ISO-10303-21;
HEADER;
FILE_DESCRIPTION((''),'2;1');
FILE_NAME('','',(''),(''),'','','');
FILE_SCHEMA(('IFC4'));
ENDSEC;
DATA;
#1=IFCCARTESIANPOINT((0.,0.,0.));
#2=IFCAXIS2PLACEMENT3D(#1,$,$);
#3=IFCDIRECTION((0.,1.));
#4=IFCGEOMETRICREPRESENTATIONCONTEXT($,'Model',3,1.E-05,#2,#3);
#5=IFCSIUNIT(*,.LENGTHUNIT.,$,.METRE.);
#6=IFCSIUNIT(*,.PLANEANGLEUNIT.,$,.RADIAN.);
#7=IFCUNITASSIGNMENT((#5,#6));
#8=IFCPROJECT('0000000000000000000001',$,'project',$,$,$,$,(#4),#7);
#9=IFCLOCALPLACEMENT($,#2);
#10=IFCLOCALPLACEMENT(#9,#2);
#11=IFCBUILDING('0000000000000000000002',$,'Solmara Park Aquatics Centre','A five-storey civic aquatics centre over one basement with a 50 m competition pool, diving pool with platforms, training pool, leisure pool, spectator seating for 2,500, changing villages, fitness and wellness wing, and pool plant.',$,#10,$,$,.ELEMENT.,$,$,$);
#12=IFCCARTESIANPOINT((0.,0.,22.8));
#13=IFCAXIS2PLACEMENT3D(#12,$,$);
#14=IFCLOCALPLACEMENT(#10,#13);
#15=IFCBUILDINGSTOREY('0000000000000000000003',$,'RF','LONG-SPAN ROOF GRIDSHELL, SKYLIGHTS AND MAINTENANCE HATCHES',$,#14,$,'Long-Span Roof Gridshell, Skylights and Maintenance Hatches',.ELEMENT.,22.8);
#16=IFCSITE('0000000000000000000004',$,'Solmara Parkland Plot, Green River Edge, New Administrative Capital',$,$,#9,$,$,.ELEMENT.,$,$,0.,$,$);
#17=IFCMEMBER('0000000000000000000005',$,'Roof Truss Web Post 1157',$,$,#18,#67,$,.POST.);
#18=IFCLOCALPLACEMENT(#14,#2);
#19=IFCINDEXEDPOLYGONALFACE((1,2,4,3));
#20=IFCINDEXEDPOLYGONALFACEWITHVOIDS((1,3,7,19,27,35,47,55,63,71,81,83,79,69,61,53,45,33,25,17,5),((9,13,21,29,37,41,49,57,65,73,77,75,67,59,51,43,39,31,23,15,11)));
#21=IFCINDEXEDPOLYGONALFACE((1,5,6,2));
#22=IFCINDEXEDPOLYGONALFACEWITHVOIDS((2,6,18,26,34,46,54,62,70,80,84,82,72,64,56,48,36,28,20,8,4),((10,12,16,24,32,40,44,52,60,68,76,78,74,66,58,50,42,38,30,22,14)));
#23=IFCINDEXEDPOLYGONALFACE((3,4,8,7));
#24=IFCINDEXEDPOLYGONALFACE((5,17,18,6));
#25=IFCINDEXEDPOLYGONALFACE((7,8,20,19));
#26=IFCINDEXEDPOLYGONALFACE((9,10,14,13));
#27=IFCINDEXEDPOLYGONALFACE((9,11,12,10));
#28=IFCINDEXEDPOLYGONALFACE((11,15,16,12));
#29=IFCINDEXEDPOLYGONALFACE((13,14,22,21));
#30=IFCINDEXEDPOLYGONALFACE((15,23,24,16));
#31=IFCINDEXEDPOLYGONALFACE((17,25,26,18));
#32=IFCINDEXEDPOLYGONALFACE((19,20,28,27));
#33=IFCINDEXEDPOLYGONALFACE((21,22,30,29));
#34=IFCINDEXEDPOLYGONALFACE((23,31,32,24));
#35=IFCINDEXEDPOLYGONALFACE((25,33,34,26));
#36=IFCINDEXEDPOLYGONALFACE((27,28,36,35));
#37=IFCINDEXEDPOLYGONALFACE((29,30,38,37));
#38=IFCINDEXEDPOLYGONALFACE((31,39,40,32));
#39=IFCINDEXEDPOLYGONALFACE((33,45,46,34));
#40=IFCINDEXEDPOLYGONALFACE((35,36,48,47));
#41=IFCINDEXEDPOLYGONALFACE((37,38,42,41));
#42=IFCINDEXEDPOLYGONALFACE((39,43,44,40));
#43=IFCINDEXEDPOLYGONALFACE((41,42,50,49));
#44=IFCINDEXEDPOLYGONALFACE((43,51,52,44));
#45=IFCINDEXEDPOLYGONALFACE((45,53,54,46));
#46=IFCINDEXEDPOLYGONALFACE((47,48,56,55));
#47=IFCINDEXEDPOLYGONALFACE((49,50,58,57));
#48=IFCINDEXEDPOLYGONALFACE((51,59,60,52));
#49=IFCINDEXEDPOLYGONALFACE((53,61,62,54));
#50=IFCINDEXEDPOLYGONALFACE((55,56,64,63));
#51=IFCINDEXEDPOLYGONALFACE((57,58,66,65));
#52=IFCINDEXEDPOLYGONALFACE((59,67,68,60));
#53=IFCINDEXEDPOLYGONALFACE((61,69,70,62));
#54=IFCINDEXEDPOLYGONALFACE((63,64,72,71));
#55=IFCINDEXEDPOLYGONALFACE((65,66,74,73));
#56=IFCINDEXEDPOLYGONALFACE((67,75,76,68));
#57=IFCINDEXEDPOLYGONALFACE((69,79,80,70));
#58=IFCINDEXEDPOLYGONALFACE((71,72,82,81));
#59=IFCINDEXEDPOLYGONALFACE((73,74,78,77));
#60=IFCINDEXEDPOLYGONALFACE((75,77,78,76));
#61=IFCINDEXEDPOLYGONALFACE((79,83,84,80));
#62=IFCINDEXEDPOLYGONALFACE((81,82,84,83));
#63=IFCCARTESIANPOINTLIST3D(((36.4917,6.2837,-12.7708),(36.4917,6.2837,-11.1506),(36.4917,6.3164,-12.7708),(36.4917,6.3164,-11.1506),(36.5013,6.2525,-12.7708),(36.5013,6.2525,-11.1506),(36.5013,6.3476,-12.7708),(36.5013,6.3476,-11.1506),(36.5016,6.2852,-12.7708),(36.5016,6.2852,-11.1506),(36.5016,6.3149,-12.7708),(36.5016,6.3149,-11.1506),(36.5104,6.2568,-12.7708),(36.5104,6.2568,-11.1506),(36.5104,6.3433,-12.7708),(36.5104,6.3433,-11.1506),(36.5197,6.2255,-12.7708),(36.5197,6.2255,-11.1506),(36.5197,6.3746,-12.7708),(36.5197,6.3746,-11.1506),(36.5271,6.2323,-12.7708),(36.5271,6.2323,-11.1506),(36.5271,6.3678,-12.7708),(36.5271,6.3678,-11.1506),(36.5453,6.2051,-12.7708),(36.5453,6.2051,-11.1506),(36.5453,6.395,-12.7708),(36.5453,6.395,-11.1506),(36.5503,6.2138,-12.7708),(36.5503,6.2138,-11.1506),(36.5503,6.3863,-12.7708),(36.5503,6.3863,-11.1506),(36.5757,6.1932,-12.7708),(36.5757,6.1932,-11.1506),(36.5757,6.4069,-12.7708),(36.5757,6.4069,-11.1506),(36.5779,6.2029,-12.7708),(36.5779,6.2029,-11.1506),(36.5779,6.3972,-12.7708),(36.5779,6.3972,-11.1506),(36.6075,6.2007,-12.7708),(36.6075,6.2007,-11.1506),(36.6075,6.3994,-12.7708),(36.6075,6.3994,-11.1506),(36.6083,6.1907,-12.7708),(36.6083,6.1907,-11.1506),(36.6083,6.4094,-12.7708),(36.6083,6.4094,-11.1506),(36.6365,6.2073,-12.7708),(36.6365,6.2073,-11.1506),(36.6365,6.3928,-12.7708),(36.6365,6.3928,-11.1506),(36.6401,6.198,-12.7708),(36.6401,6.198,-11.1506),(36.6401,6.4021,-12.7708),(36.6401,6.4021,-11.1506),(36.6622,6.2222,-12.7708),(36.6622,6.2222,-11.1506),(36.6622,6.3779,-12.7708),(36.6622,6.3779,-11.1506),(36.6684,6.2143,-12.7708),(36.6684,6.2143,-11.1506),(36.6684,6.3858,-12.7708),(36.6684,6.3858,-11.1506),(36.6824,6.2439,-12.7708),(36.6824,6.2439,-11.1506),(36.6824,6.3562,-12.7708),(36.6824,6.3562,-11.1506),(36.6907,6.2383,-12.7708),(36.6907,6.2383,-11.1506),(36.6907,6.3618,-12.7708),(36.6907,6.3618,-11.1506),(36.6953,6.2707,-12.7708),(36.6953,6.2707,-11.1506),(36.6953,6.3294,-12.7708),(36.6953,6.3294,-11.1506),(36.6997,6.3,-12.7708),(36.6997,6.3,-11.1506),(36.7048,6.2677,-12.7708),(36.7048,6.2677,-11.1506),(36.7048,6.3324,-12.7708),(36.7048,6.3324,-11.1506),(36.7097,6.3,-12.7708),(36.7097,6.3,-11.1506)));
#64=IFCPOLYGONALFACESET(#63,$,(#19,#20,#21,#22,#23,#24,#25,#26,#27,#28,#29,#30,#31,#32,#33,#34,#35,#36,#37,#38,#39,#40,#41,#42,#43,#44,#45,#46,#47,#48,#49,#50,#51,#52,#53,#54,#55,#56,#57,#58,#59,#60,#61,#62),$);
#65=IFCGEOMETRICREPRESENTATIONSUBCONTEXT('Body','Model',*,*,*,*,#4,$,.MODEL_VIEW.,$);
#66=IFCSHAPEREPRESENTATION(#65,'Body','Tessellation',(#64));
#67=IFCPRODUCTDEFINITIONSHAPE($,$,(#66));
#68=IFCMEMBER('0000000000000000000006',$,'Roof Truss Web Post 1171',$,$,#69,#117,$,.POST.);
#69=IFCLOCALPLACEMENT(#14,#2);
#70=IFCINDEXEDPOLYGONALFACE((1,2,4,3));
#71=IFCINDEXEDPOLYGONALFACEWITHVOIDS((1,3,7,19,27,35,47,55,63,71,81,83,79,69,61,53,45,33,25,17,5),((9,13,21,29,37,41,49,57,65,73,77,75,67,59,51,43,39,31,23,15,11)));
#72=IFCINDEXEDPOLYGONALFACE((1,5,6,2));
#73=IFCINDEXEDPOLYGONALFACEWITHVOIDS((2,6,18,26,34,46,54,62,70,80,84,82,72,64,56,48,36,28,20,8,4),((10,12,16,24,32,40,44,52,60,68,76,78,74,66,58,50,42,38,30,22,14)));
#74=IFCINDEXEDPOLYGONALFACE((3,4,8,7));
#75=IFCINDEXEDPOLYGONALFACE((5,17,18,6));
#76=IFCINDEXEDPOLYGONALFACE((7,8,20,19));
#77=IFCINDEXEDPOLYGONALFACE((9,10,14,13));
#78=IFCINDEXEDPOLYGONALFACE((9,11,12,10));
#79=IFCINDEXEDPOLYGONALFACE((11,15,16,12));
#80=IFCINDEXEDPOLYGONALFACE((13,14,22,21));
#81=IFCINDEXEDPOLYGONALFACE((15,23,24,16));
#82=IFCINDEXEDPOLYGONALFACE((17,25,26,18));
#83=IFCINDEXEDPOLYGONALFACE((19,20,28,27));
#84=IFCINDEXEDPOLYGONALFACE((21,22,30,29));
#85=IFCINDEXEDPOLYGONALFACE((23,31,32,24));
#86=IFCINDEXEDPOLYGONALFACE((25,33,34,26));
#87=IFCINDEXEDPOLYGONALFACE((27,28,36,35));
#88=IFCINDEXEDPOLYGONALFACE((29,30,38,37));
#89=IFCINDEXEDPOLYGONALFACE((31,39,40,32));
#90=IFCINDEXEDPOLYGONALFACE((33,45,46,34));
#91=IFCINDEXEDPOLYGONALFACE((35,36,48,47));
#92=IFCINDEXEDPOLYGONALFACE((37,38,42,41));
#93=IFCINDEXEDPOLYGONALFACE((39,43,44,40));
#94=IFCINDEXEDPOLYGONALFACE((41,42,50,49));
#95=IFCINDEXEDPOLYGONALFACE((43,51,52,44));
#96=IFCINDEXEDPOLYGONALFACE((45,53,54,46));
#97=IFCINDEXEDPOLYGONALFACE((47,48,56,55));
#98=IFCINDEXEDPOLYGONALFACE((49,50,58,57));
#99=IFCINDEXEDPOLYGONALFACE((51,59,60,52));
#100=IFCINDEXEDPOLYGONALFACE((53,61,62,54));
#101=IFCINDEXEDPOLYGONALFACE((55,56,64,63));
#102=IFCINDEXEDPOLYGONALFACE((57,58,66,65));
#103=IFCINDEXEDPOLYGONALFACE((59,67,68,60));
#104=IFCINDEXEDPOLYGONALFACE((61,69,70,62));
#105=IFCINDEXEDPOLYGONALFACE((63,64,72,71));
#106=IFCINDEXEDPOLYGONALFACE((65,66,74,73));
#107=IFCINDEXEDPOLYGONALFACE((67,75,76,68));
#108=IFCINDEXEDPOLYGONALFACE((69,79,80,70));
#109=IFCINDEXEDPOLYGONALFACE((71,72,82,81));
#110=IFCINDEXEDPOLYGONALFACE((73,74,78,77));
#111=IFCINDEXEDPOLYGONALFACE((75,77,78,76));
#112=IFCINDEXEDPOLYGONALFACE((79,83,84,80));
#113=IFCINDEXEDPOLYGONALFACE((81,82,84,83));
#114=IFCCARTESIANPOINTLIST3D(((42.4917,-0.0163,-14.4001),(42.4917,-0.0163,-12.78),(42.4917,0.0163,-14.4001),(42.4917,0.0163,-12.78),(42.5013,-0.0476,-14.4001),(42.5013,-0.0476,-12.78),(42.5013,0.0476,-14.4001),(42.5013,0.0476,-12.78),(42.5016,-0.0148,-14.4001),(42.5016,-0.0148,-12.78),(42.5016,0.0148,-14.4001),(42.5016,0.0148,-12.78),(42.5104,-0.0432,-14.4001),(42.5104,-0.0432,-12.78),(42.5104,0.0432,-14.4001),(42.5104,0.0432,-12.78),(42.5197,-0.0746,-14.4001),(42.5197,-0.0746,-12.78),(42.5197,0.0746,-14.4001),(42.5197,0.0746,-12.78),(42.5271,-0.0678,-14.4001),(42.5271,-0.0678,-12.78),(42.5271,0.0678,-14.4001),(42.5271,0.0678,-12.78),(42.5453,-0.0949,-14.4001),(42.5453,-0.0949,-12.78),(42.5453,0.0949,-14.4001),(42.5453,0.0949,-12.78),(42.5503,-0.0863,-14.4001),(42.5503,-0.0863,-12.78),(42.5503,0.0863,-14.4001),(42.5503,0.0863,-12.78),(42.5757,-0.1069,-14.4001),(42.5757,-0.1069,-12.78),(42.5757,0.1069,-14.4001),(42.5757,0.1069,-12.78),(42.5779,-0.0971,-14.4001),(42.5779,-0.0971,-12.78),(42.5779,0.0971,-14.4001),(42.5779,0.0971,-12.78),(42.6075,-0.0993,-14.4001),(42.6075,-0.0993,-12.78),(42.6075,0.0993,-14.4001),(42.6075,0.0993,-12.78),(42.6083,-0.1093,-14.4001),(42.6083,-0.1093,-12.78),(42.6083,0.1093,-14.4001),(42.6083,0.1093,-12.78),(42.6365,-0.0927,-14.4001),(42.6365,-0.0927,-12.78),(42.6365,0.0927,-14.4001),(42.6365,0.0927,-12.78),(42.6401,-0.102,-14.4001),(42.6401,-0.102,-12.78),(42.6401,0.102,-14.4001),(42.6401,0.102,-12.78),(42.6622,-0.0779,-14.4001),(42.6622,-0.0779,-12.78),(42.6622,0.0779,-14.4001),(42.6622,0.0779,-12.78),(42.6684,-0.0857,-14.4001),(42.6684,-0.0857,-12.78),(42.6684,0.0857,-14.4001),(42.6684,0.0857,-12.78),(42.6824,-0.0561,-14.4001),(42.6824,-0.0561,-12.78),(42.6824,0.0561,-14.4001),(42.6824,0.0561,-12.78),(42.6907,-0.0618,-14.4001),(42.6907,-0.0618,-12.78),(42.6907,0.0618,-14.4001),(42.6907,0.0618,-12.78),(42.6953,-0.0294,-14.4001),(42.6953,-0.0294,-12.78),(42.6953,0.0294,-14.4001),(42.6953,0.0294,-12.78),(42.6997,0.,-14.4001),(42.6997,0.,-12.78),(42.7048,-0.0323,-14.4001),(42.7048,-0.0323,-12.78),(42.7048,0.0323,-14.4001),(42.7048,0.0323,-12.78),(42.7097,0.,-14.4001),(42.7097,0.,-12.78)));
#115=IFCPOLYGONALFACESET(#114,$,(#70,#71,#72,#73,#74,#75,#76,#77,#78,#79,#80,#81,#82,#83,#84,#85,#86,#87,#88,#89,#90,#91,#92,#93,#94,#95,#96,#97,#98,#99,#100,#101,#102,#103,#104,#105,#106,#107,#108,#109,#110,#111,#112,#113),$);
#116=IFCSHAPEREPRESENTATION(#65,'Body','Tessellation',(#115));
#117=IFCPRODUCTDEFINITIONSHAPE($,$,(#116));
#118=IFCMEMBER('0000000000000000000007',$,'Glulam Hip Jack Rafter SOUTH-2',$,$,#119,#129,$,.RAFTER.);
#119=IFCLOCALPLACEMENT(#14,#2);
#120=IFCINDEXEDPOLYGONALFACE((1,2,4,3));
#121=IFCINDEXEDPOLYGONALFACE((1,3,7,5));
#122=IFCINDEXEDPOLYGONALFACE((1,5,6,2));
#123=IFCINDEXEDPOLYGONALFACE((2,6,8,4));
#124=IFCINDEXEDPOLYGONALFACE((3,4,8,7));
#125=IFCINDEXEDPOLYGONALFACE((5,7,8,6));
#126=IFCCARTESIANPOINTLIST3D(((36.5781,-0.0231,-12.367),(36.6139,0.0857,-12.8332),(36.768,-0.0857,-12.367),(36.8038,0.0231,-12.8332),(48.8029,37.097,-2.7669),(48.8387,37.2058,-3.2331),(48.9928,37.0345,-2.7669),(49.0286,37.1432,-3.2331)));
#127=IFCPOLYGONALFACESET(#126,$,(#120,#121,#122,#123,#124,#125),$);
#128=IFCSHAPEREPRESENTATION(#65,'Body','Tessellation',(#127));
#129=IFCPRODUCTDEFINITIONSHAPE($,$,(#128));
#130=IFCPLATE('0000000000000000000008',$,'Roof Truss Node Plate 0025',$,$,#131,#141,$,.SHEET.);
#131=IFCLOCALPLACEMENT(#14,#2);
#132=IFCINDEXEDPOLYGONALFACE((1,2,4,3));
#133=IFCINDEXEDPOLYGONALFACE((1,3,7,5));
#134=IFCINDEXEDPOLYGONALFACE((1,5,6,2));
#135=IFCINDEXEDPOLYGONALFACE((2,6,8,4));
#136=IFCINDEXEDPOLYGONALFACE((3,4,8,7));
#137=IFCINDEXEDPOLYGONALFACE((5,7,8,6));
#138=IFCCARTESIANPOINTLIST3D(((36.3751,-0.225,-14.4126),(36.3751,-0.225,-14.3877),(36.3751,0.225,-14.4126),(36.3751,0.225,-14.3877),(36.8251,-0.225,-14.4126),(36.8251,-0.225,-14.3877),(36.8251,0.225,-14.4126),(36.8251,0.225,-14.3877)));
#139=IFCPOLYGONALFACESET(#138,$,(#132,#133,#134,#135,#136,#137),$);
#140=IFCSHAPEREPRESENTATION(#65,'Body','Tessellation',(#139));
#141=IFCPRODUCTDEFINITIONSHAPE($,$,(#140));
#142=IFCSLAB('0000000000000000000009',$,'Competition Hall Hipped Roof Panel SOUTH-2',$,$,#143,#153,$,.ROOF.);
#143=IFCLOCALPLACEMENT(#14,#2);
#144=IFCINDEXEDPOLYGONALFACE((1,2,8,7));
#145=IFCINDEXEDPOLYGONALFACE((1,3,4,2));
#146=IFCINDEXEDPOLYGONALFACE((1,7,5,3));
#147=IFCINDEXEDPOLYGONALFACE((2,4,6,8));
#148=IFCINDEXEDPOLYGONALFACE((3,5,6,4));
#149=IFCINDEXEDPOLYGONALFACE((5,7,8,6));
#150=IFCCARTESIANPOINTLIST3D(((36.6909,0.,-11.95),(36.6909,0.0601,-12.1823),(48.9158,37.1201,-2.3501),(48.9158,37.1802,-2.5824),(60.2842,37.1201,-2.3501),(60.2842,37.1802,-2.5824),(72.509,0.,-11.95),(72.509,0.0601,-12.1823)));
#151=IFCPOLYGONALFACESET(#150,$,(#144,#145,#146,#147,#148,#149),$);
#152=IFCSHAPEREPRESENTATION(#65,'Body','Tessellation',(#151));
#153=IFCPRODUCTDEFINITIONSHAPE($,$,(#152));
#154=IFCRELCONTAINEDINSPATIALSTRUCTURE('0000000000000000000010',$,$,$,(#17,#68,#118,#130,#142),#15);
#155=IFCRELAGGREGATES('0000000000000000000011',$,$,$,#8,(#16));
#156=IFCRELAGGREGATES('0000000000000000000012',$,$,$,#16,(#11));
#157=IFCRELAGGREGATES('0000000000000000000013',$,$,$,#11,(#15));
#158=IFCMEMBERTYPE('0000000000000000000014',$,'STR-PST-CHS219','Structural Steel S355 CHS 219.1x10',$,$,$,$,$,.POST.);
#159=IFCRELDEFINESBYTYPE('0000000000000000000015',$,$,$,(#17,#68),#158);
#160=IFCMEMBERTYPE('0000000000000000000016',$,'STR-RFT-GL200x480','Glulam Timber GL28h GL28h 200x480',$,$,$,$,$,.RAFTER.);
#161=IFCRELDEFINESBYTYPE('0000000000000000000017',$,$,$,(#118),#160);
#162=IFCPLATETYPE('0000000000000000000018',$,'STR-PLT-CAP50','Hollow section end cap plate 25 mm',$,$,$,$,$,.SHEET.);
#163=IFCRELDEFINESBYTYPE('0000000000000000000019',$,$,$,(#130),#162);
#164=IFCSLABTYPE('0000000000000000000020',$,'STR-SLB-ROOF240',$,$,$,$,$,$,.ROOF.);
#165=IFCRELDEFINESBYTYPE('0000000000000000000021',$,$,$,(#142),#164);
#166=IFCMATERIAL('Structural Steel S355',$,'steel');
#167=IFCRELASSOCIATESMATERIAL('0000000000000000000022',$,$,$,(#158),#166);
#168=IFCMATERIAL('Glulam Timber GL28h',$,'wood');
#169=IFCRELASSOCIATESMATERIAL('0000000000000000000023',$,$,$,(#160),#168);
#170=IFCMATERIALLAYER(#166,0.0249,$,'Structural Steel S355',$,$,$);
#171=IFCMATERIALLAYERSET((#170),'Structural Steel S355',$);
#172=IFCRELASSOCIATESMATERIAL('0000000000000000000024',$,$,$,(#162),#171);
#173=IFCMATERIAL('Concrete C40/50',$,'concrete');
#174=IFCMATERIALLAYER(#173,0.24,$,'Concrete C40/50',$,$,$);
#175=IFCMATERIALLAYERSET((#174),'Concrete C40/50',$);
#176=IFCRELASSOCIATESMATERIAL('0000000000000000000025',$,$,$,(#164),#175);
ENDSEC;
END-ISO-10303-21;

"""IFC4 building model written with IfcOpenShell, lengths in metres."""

from ifc_helpers import new_model, si_unit, direction, frame, origin, origin_2d, place, context, subcontext, project, spatial, polyline, rectangle, hollow_circle, outline, extrude, material, layer, layer_set, material_profile, profile_set, type_object, element, save


model = new_model("IFC4")

# Units and contexts
model_context = context("Model", 3, precision=1e-05, world=origin(), true_north=direction((0.0, 1.0)))
body_context = subcontext(model_context, "Body", "Model", "MODEL_VIEW")
ifc_project = project(units=[si_unit("LENGTHUNIT", "METRE"), si_unit("PLANEANGLEUNIT", "RADIAN")], contexts=[model_context])

# Site, building, storey
site_placement = place(None, origin())
site = spatial("IfcSite", under=ifc_project, at=site_placement, Name="Solmara Parkland Plot, Green River Edge, New Administrative Capital", CompositionType="ELEMENT", RefElevation=0.0)
building_placement = place(site_placement, origin())
building = spatial("IfcBuilding", under=site, at=building_placement, Name="Solmara Park Aquatics Centre", Description="A five-storey civic aquatics centre over one basement with a 50 m competition pool, diving pool with platforms, training pool, leisure pool, spectator seating for 2,500, changing villages, fitness and wellness wing, and pool plant.", CompositionType="ELEMENT")
storey_placement = place(building_placement, frame((0.0, 0.0, 22.8)))
storey = spatial("IfcBuildingStorey", under=building, at=storey_placement, Name="RF", Description="LONG-SPAN ROOF GRIDSHELL, SKYLIGHTS AND MAINTENANCE HATCHES", LongName="Long-Span Roof Gridshell, Skylights and Maintenance Hatches", CompositionType="ELEMENT", Elevation=22.8)

# Members
ifc_material_1 = material(Name="Structural Steel S355", Category="steel")
ifc_material_2 = material(Name="Glulam Timber GL28h", Category="wood")
ifc_material_profile_1 = material_profile(ifc_material_1, hollow_circle(Radius=0.1096, WallThickness=0.01, at=origin_2d()), Name="CHS 219.1x10")
ifc_profile_set_1 = profile_set([ifc_material_profile_1], Name="Structural Steel S355")
member_type_1 = type_object("IfcMemberType", Name="STR-PST-CHS219", Description="Structural Steel S355 CHS 219.1x10", PredefinedType="POST", material=ifc_profile_set_1)
for number, where, z_axis, x_axis, name in (
    (1, (36.6001, 6.3, -12.7708), (0.0, 0.0, 1.0), (1.0, 0.0, 0.0), "Roof Truss Web Post 1157"),
    (2, (42.6001, 0.0, -14.4001), (0.0, 0.0, 1.0), (1.0, 0.0, 0.0), "Roof Truss Web Post 1171"),
):
    element("IfcMember", number, at=place(storey_placement, frame(where, z_axis=z_axis, x_axis=x_axis)), inside=storey, type_object=member_type_1, Name=name, PredefinedType="POST", context=body_context, shape_type="SweptSolid", body=[
        extrude(hollow_circle(Radius=0.1096, WallThickness=0.01, at=origin_2d()), origin(), (0.0, 0.0, 1.0), 1.6201),
    ])
ifc_material_profile_2 = material_profile(ifc_material_2, rectangle(XDim=0.2, YDim=0.48, at=origin_2d()), Name="GL28h 200x480")
ifc_profile_set_2 = profile_set([ifc_material_profile_2], Name="Glulam Timber GL28h")
member_type_2 = type_object("IfcMemberType", Name="STR-RFT-GL200x480", Description="Glulam Timber GL28h GL28h 200x480", PredefinedType="RAFTER", material=ifc_profile_set_2)
member_1_placement = place(storey_placement, frame((36.6909, 0.0, -12.6001), z_axis=(0.303775, 0.922396, 0.238552), x_axis=(-0.949817, 0.312805, 0.0)))
element("IfcMember", 3, at=member_1_placement, inside=storey, type_object=member_type_2, Name="Glulam Hip Jack Rafter SOUTH-2", PredefinedType="RAFTER", context=body_context, shape_type="SweptSolid", body=[
    extrude(rectangle(XDim=0.2, YDim=0.48, at=origin_2d()), origin(), (0.0, 0.0, 1.0), 40.2432),
])

# Plate
ifc_layer_1 = layer(ifc_material_1, 0.0249, Name="Structural Steel S355")
ifc_layer_set_1 = layer_set([ifc_layer_1], Name="Structural Steel S355")
plate_type = type_object("IfcPlateType", Name="STR-PLT-CAP50", Description="Hollow section end cap plate 25 mm", PredefinedType="SHEET", material=ifc_layer_set_1)
plate_placement = place(storey_placement, frame((36.6001, 0.0, -14.4126), z_axis=(0.0, 0.0, 1.0), x_axis=(1.0, 0.0, 0.0)))
element("IfcPlate", 4, at=plate_placement, inside=storey, type_object=plate_type, Name="Roof Truss Node Plate 0025", PredefinedType="SHEET", context=body_context, shape_type="SweptSolid", body=[
    extrude(rectangle(XDim=0.45, YDim=0.45, at=origin_2d()), origin(), (0.0, 0.0, 1.0), 0.0249),
])

# Slab
ifc_material_3 = material(Name="Concrete C40/50", Category="concrete")
ifc_layer_2 = layer(ifc_material_3, 0.24, Name="Concrete C40/50")
ifc_layer_set_2 = layer_set([ifc_layer_2], Name="Concrete C40/50")
slab_type = type_object("IfcSlabType", Name="STR-SLB-ROOF240", PredefinedType="ROOF", material=ifc_layer_set_2)
slab_placement = place(storey_placement, frame((36.6909, 0.0, -11.95), z_axis=(0.0, -0.250379, 0.968148), x_axis=(1.0, 0.0, 0.0)))
element("IfcSlab", 5, at=slab_placement, inside=storey, type_object=slab_type, Name="Competition Hall Hipped Roof Panel SOUTH-2", PredefinedType="ROOF", context=body_context, shape_type="SweptSolid", body=[
    extrude(outline(polyline([(0.0, 0.0), (35.8181, 0.0), (23.5933, 38.3414), (12.2249, 38.3414), (0.0, 0.0)])), origin(), (0.0, 0.0, -1.0), 0.24),
])

save(model, "model.ifc")
